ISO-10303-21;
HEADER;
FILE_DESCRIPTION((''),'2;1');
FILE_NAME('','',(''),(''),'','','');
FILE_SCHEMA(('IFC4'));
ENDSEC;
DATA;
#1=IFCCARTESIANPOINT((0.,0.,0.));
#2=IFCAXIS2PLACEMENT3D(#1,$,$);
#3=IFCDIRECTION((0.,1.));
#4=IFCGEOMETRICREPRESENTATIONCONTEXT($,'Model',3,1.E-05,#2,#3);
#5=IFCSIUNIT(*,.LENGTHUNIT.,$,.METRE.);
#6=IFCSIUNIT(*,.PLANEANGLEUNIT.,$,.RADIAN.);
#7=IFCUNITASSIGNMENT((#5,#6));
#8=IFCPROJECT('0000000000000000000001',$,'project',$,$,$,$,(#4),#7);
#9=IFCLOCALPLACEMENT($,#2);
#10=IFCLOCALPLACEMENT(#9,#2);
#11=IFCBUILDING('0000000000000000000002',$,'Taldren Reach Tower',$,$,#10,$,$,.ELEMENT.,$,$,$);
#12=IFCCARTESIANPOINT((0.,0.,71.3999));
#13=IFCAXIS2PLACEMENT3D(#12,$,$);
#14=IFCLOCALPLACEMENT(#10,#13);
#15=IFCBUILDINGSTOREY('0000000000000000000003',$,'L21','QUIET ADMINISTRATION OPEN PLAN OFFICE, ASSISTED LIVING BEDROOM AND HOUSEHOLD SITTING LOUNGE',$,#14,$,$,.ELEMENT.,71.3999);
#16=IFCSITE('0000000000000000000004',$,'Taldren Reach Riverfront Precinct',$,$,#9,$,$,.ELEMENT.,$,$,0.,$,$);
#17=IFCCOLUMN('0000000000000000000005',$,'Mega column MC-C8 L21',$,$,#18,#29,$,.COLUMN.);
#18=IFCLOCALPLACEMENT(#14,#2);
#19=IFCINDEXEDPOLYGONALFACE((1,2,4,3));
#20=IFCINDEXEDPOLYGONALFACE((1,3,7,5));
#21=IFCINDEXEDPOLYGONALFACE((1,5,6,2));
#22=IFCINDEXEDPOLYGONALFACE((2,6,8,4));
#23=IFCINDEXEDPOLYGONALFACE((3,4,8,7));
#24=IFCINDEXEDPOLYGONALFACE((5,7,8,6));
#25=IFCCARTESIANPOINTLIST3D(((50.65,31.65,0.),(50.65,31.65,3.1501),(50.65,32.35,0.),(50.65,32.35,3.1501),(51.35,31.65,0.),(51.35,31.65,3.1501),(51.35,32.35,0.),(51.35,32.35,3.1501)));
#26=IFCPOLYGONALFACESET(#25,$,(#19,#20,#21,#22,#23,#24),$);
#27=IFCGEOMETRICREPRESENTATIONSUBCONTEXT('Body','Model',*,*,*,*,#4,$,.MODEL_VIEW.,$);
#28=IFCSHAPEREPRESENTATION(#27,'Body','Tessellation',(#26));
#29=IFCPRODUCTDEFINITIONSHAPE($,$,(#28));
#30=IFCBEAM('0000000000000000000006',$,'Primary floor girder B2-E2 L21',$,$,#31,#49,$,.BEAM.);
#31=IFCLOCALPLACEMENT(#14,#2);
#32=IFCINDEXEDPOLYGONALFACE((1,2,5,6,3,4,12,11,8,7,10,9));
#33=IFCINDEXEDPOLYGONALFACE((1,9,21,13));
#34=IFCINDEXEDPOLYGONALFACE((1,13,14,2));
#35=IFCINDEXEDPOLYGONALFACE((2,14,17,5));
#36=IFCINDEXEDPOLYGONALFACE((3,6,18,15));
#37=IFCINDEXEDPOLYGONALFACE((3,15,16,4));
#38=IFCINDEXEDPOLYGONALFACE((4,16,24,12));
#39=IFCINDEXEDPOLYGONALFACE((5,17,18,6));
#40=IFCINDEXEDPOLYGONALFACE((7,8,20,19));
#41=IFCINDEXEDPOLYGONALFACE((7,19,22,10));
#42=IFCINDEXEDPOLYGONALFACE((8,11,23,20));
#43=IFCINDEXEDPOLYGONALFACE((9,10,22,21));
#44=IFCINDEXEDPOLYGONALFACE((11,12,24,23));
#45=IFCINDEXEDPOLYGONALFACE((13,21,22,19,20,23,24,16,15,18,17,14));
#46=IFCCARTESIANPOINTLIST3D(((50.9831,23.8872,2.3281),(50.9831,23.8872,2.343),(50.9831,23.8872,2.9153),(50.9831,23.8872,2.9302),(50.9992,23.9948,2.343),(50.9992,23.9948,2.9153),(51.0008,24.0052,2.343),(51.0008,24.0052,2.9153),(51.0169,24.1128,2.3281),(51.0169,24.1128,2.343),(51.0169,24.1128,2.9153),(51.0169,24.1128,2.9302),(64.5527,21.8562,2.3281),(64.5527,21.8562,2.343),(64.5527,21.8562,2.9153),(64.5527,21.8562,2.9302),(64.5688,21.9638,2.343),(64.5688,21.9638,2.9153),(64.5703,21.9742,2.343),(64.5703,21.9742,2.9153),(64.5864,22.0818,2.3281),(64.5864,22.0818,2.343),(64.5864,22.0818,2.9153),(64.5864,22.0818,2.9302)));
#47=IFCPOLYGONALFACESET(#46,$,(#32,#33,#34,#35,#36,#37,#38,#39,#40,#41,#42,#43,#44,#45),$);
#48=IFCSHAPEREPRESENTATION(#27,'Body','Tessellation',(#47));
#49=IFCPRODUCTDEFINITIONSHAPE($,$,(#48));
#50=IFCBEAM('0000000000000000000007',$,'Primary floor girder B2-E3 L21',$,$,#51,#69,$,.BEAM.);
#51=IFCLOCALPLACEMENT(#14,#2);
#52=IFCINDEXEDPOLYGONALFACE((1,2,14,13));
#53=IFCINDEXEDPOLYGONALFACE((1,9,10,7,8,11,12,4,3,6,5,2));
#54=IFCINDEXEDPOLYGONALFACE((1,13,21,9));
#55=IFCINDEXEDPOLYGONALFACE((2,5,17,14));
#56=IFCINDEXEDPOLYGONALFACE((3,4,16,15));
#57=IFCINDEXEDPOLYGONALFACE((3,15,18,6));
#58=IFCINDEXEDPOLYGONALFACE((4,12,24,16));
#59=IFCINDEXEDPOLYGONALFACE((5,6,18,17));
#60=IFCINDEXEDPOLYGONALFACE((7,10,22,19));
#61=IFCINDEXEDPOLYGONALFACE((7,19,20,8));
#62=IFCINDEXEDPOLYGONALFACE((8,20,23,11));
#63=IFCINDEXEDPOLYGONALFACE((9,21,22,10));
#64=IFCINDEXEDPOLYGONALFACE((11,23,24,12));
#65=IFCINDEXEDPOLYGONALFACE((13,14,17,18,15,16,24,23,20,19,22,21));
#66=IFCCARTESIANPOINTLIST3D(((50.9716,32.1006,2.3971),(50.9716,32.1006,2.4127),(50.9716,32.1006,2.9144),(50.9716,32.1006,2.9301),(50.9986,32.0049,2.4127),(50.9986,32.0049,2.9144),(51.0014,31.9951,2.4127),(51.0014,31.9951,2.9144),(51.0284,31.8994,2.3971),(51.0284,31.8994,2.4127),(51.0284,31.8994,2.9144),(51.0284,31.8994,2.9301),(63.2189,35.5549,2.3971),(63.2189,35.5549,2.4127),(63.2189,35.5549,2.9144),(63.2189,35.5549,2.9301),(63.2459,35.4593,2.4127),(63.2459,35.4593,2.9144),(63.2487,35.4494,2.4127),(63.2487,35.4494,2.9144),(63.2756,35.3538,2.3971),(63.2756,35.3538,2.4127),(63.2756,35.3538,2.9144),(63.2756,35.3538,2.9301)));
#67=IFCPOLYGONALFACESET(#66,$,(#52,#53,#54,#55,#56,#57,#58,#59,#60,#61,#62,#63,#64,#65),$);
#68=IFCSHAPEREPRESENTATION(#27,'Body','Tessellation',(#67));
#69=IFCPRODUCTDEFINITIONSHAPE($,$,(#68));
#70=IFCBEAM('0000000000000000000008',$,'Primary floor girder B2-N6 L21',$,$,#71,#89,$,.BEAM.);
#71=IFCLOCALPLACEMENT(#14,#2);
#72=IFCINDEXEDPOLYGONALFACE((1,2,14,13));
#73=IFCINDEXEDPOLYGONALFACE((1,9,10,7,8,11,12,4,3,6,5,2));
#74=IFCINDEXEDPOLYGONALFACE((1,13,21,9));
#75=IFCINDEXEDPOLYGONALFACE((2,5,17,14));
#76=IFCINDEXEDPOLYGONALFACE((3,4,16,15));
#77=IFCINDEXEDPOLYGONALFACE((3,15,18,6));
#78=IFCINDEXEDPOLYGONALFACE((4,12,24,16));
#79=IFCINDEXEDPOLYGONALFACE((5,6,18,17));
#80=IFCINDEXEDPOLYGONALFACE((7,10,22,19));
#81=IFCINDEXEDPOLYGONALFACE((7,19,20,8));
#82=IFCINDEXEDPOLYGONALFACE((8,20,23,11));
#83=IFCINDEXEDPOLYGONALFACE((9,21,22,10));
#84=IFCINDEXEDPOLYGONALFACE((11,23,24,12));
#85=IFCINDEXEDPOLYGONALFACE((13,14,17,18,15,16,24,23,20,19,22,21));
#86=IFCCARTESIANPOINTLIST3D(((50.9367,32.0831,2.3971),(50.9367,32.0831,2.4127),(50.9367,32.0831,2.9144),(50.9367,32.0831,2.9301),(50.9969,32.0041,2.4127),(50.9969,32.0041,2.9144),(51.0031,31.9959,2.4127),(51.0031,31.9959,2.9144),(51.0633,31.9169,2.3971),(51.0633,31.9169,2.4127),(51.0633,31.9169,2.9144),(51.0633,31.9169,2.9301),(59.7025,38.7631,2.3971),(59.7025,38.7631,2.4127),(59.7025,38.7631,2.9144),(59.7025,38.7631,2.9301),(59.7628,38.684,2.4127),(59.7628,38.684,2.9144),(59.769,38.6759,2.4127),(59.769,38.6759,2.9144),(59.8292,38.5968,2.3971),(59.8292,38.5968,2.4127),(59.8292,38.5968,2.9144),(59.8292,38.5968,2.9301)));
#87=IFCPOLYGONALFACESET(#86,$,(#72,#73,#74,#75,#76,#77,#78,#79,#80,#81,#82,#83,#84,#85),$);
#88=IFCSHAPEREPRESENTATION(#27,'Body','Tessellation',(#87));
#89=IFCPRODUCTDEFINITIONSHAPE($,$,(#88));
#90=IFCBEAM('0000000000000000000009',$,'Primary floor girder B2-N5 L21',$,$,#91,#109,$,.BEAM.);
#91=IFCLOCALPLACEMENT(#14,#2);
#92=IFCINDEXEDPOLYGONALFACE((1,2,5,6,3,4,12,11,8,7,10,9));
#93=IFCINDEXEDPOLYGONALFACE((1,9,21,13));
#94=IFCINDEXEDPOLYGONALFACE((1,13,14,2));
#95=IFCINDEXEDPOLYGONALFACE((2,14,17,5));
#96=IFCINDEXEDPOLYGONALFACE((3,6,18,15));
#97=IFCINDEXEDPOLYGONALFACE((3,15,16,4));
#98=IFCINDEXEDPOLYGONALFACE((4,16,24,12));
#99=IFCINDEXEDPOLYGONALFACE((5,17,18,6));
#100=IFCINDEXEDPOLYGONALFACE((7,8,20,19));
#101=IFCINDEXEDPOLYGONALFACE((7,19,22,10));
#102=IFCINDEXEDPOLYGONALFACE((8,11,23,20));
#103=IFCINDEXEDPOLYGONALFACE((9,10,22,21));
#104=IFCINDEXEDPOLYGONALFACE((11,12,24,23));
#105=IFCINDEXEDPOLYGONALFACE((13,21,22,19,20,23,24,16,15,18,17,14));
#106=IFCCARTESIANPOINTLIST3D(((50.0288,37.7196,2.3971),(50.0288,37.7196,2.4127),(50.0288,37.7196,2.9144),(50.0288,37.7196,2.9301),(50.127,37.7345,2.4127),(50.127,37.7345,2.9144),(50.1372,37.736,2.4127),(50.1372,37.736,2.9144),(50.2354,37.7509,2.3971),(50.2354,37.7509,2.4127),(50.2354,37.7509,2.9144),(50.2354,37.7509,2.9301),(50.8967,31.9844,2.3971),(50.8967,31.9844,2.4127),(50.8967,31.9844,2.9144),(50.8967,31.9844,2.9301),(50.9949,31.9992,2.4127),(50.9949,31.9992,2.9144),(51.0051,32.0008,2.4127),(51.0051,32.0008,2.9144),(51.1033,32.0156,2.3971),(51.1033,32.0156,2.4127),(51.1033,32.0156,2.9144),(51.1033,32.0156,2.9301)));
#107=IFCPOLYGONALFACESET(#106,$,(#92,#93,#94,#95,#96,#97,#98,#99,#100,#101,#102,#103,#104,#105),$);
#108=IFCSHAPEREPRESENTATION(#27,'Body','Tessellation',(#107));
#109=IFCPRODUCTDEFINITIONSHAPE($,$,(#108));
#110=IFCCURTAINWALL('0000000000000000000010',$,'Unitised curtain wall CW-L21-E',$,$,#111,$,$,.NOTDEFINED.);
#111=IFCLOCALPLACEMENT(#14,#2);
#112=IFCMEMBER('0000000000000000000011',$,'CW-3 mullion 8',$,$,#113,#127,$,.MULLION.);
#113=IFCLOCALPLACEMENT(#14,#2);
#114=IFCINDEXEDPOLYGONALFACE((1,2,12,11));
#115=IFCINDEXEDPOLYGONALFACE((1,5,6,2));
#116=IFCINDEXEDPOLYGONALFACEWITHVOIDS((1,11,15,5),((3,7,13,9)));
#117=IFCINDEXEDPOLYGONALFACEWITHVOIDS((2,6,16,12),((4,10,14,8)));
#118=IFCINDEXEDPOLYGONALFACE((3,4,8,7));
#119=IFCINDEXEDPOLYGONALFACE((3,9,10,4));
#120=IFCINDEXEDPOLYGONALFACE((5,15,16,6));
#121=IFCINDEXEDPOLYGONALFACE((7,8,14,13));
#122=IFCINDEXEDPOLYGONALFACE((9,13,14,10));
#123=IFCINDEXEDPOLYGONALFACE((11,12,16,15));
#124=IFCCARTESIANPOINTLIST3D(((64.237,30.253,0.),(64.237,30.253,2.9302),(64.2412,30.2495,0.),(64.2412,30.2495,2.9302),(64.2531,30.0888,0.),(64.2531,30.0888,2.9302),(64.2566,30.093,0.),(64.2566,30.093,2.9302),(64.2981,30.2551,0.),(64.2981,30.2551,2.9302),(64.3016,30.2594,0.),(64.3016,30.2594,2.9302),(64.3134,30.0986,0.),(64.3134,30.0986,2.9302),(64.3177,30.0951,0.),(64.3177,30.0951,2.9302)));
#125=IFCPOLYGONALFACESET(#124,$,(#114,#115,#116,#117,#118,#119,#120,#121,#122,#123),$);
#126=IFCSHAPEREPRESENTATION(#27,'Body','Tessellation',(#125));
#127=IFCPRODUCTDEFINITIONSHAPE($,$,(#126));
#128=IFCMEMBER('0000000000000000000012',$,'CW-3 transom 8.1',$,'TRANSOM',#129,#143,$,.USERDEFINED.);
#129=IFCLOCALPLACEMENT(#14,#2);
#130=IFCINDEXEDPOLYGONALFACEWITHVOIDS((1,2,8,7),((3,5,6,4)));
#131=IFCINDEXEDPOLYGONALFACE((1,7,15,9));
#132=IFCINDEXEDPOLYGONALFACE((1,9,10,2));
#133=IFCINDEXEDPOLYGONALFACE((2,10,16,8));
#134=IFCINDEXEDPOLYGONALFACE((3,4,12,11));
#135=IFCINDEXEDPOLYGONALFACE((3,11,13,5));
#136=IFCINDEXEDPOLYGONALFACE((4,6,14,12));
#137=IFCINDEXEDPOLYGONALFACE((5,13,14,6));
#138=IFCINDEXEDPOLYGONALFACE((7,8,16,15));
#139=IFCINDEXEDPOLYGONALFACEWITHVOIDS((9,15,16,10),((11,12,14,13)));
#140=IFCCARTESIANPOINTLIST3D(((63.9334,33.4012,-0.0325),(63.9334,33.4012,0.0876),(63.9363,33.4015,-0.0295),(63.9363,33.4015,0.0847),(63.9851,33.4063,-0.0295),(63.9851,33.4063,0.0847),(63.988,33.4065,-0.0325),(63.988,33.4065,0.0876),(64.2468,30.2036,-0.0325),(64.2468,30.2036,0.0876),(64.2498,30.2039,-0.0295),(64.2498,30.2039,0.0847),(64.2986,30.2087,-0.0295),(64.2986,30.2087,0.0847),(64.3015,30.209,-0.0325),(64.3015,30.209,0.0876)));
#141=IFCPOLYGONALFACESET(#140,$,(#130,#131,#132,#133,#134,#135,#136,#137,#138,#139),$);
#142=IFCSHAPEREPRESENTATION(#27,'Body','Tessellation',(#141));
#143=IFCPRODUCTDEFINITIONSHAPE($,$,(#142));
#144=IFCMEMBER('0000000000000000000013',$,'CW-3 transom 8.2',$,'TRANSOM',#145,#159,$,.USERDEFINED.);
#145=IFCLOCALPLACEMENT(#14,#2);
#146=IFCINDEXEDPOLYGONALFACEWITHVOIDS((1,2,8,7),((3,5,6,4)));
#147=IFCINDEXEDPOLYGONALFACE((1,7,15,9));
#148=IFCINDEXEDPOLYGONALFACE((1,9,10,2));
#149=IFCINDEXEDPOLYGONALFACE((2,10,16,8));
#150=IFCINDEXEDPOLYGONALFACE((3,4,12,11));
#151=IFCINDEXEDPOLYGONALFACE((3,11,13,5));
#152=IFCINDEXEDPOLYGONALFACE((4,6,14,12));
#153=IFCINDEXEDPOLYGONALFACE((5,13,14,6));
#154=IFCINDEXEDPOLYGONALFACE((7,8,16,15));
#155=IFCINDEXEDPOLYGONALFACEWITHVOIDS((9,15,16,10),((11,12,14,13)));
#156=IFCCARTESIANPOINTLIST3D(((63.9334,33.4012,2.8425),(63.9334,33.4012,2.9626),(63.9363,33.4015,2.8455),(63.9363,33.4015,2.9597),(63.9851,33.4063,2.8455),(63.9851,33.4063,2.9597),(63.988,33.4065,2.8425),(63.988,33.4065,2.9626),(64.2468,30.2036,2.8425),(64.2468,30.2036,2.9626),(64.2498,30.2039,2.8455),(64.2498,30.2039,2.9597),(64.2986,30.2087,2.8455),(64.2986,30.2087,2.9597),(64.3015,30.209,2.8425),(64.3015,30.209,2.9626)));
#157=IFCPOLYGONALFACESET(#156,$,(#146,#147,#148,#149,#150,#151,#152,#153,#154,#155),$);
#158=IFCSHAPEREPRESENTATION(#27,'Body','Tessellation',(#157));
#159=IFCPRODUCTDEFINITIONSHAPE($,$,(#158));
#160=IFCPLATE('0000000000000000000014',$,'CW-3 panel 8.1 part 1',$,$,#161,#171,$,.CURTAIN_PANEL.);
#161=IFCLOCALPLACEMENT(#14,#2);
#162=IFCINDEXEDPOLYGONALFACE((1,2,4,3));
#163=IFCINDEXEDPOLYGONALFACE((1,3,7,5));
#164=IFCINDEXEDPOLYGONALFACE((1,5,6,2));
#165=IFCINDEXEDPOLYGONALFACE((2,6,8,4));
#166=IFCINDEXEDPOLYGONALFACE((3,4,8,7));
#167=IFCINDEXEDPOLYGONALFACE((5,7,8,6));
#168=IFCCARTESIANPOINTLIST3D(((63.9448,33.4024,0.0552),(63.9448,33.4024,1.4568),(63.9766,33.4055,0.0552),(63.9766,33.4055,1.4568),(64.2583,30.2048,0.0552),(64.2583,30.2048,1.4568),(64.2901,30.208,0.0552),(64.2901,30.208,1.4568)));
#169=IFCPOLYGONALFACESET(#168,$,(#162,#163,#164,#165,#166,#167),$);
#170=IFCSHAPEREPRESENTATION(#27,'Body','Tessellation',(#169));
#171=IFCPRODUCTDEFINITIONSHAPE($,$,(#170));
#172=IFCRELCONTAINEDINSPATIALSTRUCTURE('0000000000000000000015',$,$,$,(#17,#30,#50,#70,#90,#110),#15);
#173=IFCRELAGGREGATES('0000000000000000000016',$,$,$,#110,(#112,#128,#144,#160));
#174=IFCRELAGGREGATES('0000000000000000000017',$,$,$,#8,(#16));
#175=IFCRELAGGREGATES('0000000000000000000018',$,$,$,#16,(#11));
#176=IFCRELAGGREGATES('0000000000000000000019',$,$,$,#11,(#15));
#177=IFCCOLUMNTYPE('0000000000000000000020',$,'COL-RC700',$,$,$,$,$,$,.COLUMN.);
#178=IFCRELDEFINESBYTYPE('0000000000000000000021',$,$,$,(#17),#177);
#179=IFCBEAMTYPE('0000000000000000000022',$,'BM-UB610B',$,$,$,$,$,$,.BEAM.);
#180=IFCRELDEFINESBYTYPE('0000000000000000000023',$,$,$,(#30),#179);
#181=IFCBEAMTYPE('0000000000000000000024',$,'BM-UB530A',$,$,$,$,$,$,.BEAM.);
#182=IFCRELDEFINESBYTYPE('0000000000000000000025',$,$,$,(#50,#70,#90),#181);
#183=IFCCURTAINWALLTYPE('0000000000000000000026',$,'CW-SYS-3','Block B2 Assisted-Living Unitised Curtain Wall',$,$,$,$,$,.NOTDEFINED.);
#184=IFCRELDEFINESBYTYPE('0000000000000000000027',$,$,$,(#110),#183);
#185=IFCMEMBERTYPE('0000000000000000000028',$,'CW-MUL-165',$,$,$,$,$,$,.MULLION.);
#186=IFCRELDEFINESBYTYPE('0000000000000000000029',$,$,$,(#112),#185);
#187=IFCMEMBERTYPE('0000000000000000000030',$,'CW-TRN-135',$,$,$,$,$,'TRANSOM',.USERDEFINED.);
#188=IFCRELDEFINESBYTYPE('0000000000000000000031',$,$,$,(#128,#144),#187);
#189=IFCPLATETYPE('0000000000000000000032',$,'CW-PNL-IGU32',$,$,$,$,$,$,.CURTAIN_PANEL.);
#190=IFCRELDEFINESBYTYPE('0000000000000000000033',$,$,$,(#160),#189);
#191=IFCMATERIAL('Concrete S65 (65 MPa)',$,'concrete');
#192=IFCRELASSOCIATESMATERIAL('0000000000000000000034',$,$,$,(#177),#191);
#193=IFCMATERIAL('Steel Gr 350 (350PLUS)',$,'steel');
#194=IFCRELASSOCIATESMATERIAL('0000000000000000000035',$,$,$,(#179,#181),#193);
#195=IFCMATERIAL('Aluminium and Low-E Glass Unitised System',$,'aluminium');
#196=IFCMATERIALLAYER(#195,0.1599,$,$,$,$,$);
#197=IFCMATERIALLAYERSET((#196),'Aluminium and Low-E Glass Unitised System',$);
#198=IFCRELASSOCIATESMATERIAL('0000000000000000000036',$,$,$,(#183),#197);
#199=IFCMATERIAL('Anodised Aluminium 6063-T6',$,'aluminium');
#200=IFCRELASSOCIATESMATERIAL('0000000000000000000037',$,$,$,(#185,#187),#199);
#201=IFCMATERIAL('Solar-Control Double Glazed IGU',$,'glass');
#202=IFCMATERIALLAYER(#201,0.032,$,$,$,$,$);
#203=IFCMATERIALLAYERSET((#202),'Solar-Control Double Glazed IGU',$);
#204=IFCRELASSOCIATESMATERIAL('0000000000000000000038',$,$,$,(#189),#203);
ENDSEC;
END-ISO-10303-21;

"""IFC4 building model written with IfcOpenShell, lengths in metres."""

from ifc_helpers import new_model, si_unit, direction, frame, origin, origin_2d, place, context, subcontext, project, spatial, rectangle, hollow_rectangle, i_section, extrude, source, transform, mapped, material, layer, layer_set, material_profile, profile_set, type_object, element, aggregate, save


model = new_model("IFC4")

# Units and contexts
model_context = context("Model", 3, precision=1e-05, world=origin(), true_north=direction((0.0, 1.0)))
body_context = subcontext(model_context, "Body", "Model", "MODEL_VIEW")
ifc_project = project(units=[si_unit("LENGTHUNIT", "METRE"), si_unit("PLANEANGLEUNIT", "RADIAN")], contexts=[model_context])

# Site, building, storey
site_placement = place(None, origin())
site = spatial("IfcSite", under=ifc_project, at=site_placement, Name="Taldren Reach Riverfront Precinct", CompositionType="ELEMENT", RefElevation=0.0)
building_placement = place(site_placement, origin())
building = spatial("IfcBuilding", under=site, at=building_placement, Name="Taldren Reach Tower", CompositionType="ELEMENT")
storey_placement = place(building_placement, frame((0.0, 0.0, 71.3999)))
storey = spatial("IfcBuildingStorey", under=building, at=storey_placement, Name="L21", Description="QUIET ADMINISTRATION OPEN PLAN OFFICE, ASSISTED LIVING BEDROOM AND HOUSEHOLD SITTING LOUNGE", CompositionType="ELEMENT", Elevation=71.3999)

# Column
ifc_material_1 = material(Name="Concrete S65 (65 MPa)", Category="concrete")
ifc_material_profile_1 = material_profile(ifc_material_1, rectangle(XDim=0.7, YDim=0.7, at=origin_2d()), Name="RC-700x700")
ifc_profile_set_1 = profile_set([ifc_material_profile_1], Name="Concrete S65 (65 MPa)")
column_type = type_object("IfcColumnType", Name="COL-RC700", PredefinedType="COLUMN", material=ifc_profile_set_1)
shared_shape_1 = source(origin(), body_context, "Body", "SweptSolid", [
    extrude(rectangle(XDim=0.7, YDim=0.7, at=origin_2d()), origin(), (0.0, 0.0, 1.0), 3.1501),
])
column_placement = place(storey_placement, frame((51.0, 32.0, 0.0), z_axis=(0.0, 0.0, 1.0), x_axis=(1.0, 0.0, 0.0)))
element("IfcColumn", 1, at=column_placement, inside=storey, type_object=column_type, Name="Mega column MC-C8 L21", PredefinedType="COLUMN", context=body_context, shape_type="MappedRepresentation", body=[
    mapped(shared_shape_1, transform((0.0, 0.0, 0.0), scale=1.0)),
])

# Beams
ifc_material_2 = material(Name="Steel Gr 350 (350PLUS)", Category="steel")
ifc_material_profile_2 = material_profile(ifc_material_2, i_section(OverallWidth=0.228, OverallDepth=0.6021, WebThickness=0.0105, FlangeThickness=0.0149, at=origin_2d()), Name="610UB101")
ifc_profile_set_2 = profile_set([ifc_material_profile_2], Name="Steel Gr 350 (350PLUS)")
beam_type_1 = type_object("IfcBeamType", Name="BM-UB610B", PredefinedType="BEAM", material=ifc_profile_set_2)
shared_shape_2 = source(origin(), body_context, "Body", "SweptSolid", [
    extrude(i_section(OverallWidth=0.228, OverallDepth=0.6021, WebThickness=0.0105, FlangeThickness=0.0149, at=origin_2d()), origin(), (0.0, 0.0, 1.0), 13.7207),
])
beam_1_placement = place(storey_placement, frame((51.0, 24.0, 2.6292), z_axis=(0.988984, -0.148025, 0.0), x_axis=(0.148025, 0.988984, 0.0)))
element("IfcBeam", 2, at=beam_1_placement, inside=storey, type_object=beam_type_1, Name="Primary floor girder B2-E2 L21", PredefinedType="BEAM", context=body_context, shape_type="MappedRepresentation", body=[
    mapped(shared_shape_2, transform((0.0, 0.0, 0.0), scale=1.0)),
])
ifc_material_profile_3 = material_profile(ifc_material_2, i_section(OverallWidth=0.209, OverallDepth=0.533, WebThickness=0.0103, FlangeThickness=0.0156, at=origin_2d()), Name="530UB92.4")
ifc_profile_set_3 = profile_set([ifc_material_profile_3], Name="Steel Gr 350 (350PLUS)")
beam_type_2 = type_object("IfcBeamType", Name="BM-UB530A", PredefinedType="BEAM", material=ifc_profile_set_3)
shared_shape_3 = source(origin(), body_context, "Body", "SweptSolid", [
    extrude(i_section(OverallWidth=0.209, OverallDepth=0.533, WebThickness=0.0103, FlangeThickness=0.0156, at=origin_2d()), origin(), (0.0, 0.0, 1.0), 12.7251),
])
beam_2_placement = place(storey_placement, frame((51.0, 32.0, 2.6636), z_axis=(0.96245, 0.271458, 0.0), x_axis=(-0.271458, 0.96245, 0.0)))
element("IfcBeam", 3, at=beam_2_placement, inside=storey, type_object=beam_type_2, Name="Primary floor girder B2-E3 L21", PredefinedType="BEAM", context=body_context, shape_type="MappedRepresentation", body=[
    mapped(shared_shape_3, transform((0.0, 0.0, 0.0), scale=1.0)),
])
shared_shape_4 = source(origin(), body_context, "Body", "SweptSolid", [
    extrude(i_section(OverallWidth=0.209, OverallDepth=0.533, WebThickness=0.0103, FlangeThickness=0.0156, at=origin_2d()), origin(), (0.0, 0.0, 1.0), 11.021),
])
beam_3_placement = place(storey_placement, frame((51.0, 32.0, 2.6636), z_axis=(0.79538, 0.606111, 0.0), x_axis=(-0.606111, 0.79538, 0.0)))
element("IfcBeam", 4, at=beam_3_placement, inside=storey, type_object=beam_type_2, Name="Primary floor girder B2-N6 L21", PredefinedType="BEAM", context=body_context, shape_type="MappedRepresentation", body=[
    mapped(shared_shape_4, transform((0.0, 0.0, 0.0), scale=1.0)),
])
shared_shape_5 = source(origin(), body_context, "Body", "SweptSolid", [
    extrude(i_section(OverallWidth=0.209, OverallDepth=0.533, WebThickness=0.0103, FlangeThickness=0.0156, at=origin_2d()), origin(), (0.0, 0.0, 1.0), 5.8005),
])
beam_4_placement = place(storey_placement, frame((51.0, 32.0, 2.6636), z_axis=(-0.149625, 0.988743, 0.0), x_axis=(-0.988743, -0.149625, 0.0)))
element("IfcBeam", 5, at=beam_4_placement, inside=storey, type_object=beam_type_2, Name="Primary floor girder B2-N5 L21", PredefinedType="BEAM", context=body_context, shape_type="MappedRepresentation", body=[
    mapped(shared_shape_5, transform((0.0, 0.0, 0.0), scale=1.0)),
])

# Curtain wall, members, plate
ifc_material_3 = material(Name="Aluminium and Low-E Glass Unitised System", Category="aluminium")
ifc_layer_1 = layer(ifc_material_3, 0.1599)
ifc_layer_set_1 = layer_set([ifc_layer_1], Name="Aluminium and Low-E Glass Unitised System")
curtain_wall_type = type_object("IfcCurtainWallType", Name="CW-SYS-3", Description="Block B2 Assisted-Living Unitised Curtain Wall", PredefinedType="NOTDEFINED", material=ifc_layer_set_1)
curtain_wall_placement = place(storey_placement, origin())
curtain_wall = element("IfcCurtainWall", 6, at=curtain_wall_placement, inside=storey, type_object=curtain_wall_type, Name="Unitised curtain wall CW-L21-E", PredefinedType="NOTDEFINED")
ifc_material_4 = material(Name="Anodised Aluminium 6063-T6", Category="aluminium")
ifc_material_profile_4 = material_profile(ifc_material_4, hollow_rectangle(XDim=0.0649, YDim=0.165, WallThickness=0.0039, at=origin_2d()), Name="ALU-165x65x4RHS")
ifc_profile_set_4 = profile_set([ifc_material_profile_4], Name="Anodised Aluminium 6063-T6")
member_type_1 = type_object("IfcMemberType", Name="CW-MUL-165", PredefinedType="MULLION", material=ifc_profile_set_4)
shared_shape_6 = source(origin(), body_context, "Body", "SweptSolid", [
    extrude(hollow_rectangle(XDim=0.0649, YDim=0.165, WallThickness=0.0039, at=origin_2d()), origin(), (0.0, 0.0, 1.0), 2.9302),
])
member_1_placement = place(storey_placement, frame((64.2773, 30.1741, 0.0), z_axis=(0.0, 0.0, 1.0), x_axis=(-0.995227, -0.097583, 0.0)))
member_1 = element("IfcMember", 7, at=member_1_placement, type_object=member_type_1, Name="CW-3 mullion 8", PredefinedType="MULLION", context=body_context, shape_type="MappedRepresentation", body=[
    mapped(shared_shape_6, transform((0.0, 0.0, 0.0), scale=1.0)),
])
ifc_material_profile_5 = material_profile(ifc_material_4, hollow_rectangle(XDim=0.0549, YDim=0.1201, WallThickness=0.0029, at=origin_2d()), Name="ALU-120x55x3RHS")
ifc_profile_set_5 = profile_set([ifc_material_profile_5], Name="Anodised Aluminium 6063-T6")
member_type_2 = type_object("IfcMemberType", Name="CW-TRN-135", ElementType="TRANSOM", PredefinedType="USERDEFINED", material=ifc_profile_set_5)
shared_shape_7 = source(origin(), body_context, "Body", "SweptSolid", [
    extrude(hollow_rectangle(XDim=0.0549, YDim=0.1201, WallThickness=0.0029, at=origin_2d()), origin(), (0.0, 0.0, 1.0), 3.2129),
])
member_2_placement = place(storey_placement, frame((64.2742, 30.2063, 0.0276), z_axis=(-0.09757, 0.995229, 0.0), x_axis=(-0.995229, -0.09757, 0.0)))
member_2 = element("IfcMember", 8, at=member_2_placement, type_object=member_type_2, Name="CW-3 transom 8.1", ObjectType="TRANSOM", PredefinedType="USERDEFINED", context=body_context, shape_type="MappedRepresentation", body=[
    mapped(shared_shape_7, transform((0.0, 0.0, 0.0), scale=1.0)),
])
member_3_placement = place(storey_placement, frame((64.2742, 30.2063, 2.9026), z_axis=(-0.09757, 0.995229, 0.0), x_axis=(-0.995229, -0.09757, 0.0)))
member_3 = element("IfcMember", 9, at=member_3_placement, type_object=member_type_2, Name="CW-3 transom 8.2", ObjectType="TRANSOM", PredefinedType="USERDEFINED", context=body_context, shape_type="MappedRepresentation", body=[
    mapped(shared_shape_7, transform((0.0, 0.0, 0.0), scale=1.0)),
])
ifc_material_5 = material(Name="Solar-Control Double Glazed IGU", Category="glass")
ifc_layer_2 = layer(ifc_material_5, 0.032)
ifc_layer_set_2 = layer_set([ifc_layer_2], Name="Solar-Control Double Glazed IGU")
plate_type = type_object("IfcPlateType", Name="CW-PNL-IGU32", PredefinedType="CURTAIN_PANEL", material=ifc_layer_set_2)
shared_shape_8 = source(origin(), body_context, "Body", "SweptSolid", [
    extrude(rectangle(XDim=3.2129, YDim=0.032, at=origin_2d()), origin(), (0.0, 0.0, 1.0), 1.4016),
])
plate_1_placement = place(storey_placement, frame((64.1174, 31.8052, 0.0552), z_axis=(0.0, 0.0, 1.0), x_axis=(-0.097583, 0.995227, 0.0)))
plate_1 = element("IfcPlate", 10, at=plate_1_placement, type_object=plate_type, Name="CW-3 panel 8.1 part 1", PredefinedType="CURTAIN_PANEL", context=body_context, shape_type="MappedRepresentation", body=[
    mapped(shared_shape_8, transform((0.0, 0.0, 0.0), scale=1.0)),
])
aggregate(curtain_wall, [member_1, member_2, member_3, plate_1])

save(model, "model.ifc")
